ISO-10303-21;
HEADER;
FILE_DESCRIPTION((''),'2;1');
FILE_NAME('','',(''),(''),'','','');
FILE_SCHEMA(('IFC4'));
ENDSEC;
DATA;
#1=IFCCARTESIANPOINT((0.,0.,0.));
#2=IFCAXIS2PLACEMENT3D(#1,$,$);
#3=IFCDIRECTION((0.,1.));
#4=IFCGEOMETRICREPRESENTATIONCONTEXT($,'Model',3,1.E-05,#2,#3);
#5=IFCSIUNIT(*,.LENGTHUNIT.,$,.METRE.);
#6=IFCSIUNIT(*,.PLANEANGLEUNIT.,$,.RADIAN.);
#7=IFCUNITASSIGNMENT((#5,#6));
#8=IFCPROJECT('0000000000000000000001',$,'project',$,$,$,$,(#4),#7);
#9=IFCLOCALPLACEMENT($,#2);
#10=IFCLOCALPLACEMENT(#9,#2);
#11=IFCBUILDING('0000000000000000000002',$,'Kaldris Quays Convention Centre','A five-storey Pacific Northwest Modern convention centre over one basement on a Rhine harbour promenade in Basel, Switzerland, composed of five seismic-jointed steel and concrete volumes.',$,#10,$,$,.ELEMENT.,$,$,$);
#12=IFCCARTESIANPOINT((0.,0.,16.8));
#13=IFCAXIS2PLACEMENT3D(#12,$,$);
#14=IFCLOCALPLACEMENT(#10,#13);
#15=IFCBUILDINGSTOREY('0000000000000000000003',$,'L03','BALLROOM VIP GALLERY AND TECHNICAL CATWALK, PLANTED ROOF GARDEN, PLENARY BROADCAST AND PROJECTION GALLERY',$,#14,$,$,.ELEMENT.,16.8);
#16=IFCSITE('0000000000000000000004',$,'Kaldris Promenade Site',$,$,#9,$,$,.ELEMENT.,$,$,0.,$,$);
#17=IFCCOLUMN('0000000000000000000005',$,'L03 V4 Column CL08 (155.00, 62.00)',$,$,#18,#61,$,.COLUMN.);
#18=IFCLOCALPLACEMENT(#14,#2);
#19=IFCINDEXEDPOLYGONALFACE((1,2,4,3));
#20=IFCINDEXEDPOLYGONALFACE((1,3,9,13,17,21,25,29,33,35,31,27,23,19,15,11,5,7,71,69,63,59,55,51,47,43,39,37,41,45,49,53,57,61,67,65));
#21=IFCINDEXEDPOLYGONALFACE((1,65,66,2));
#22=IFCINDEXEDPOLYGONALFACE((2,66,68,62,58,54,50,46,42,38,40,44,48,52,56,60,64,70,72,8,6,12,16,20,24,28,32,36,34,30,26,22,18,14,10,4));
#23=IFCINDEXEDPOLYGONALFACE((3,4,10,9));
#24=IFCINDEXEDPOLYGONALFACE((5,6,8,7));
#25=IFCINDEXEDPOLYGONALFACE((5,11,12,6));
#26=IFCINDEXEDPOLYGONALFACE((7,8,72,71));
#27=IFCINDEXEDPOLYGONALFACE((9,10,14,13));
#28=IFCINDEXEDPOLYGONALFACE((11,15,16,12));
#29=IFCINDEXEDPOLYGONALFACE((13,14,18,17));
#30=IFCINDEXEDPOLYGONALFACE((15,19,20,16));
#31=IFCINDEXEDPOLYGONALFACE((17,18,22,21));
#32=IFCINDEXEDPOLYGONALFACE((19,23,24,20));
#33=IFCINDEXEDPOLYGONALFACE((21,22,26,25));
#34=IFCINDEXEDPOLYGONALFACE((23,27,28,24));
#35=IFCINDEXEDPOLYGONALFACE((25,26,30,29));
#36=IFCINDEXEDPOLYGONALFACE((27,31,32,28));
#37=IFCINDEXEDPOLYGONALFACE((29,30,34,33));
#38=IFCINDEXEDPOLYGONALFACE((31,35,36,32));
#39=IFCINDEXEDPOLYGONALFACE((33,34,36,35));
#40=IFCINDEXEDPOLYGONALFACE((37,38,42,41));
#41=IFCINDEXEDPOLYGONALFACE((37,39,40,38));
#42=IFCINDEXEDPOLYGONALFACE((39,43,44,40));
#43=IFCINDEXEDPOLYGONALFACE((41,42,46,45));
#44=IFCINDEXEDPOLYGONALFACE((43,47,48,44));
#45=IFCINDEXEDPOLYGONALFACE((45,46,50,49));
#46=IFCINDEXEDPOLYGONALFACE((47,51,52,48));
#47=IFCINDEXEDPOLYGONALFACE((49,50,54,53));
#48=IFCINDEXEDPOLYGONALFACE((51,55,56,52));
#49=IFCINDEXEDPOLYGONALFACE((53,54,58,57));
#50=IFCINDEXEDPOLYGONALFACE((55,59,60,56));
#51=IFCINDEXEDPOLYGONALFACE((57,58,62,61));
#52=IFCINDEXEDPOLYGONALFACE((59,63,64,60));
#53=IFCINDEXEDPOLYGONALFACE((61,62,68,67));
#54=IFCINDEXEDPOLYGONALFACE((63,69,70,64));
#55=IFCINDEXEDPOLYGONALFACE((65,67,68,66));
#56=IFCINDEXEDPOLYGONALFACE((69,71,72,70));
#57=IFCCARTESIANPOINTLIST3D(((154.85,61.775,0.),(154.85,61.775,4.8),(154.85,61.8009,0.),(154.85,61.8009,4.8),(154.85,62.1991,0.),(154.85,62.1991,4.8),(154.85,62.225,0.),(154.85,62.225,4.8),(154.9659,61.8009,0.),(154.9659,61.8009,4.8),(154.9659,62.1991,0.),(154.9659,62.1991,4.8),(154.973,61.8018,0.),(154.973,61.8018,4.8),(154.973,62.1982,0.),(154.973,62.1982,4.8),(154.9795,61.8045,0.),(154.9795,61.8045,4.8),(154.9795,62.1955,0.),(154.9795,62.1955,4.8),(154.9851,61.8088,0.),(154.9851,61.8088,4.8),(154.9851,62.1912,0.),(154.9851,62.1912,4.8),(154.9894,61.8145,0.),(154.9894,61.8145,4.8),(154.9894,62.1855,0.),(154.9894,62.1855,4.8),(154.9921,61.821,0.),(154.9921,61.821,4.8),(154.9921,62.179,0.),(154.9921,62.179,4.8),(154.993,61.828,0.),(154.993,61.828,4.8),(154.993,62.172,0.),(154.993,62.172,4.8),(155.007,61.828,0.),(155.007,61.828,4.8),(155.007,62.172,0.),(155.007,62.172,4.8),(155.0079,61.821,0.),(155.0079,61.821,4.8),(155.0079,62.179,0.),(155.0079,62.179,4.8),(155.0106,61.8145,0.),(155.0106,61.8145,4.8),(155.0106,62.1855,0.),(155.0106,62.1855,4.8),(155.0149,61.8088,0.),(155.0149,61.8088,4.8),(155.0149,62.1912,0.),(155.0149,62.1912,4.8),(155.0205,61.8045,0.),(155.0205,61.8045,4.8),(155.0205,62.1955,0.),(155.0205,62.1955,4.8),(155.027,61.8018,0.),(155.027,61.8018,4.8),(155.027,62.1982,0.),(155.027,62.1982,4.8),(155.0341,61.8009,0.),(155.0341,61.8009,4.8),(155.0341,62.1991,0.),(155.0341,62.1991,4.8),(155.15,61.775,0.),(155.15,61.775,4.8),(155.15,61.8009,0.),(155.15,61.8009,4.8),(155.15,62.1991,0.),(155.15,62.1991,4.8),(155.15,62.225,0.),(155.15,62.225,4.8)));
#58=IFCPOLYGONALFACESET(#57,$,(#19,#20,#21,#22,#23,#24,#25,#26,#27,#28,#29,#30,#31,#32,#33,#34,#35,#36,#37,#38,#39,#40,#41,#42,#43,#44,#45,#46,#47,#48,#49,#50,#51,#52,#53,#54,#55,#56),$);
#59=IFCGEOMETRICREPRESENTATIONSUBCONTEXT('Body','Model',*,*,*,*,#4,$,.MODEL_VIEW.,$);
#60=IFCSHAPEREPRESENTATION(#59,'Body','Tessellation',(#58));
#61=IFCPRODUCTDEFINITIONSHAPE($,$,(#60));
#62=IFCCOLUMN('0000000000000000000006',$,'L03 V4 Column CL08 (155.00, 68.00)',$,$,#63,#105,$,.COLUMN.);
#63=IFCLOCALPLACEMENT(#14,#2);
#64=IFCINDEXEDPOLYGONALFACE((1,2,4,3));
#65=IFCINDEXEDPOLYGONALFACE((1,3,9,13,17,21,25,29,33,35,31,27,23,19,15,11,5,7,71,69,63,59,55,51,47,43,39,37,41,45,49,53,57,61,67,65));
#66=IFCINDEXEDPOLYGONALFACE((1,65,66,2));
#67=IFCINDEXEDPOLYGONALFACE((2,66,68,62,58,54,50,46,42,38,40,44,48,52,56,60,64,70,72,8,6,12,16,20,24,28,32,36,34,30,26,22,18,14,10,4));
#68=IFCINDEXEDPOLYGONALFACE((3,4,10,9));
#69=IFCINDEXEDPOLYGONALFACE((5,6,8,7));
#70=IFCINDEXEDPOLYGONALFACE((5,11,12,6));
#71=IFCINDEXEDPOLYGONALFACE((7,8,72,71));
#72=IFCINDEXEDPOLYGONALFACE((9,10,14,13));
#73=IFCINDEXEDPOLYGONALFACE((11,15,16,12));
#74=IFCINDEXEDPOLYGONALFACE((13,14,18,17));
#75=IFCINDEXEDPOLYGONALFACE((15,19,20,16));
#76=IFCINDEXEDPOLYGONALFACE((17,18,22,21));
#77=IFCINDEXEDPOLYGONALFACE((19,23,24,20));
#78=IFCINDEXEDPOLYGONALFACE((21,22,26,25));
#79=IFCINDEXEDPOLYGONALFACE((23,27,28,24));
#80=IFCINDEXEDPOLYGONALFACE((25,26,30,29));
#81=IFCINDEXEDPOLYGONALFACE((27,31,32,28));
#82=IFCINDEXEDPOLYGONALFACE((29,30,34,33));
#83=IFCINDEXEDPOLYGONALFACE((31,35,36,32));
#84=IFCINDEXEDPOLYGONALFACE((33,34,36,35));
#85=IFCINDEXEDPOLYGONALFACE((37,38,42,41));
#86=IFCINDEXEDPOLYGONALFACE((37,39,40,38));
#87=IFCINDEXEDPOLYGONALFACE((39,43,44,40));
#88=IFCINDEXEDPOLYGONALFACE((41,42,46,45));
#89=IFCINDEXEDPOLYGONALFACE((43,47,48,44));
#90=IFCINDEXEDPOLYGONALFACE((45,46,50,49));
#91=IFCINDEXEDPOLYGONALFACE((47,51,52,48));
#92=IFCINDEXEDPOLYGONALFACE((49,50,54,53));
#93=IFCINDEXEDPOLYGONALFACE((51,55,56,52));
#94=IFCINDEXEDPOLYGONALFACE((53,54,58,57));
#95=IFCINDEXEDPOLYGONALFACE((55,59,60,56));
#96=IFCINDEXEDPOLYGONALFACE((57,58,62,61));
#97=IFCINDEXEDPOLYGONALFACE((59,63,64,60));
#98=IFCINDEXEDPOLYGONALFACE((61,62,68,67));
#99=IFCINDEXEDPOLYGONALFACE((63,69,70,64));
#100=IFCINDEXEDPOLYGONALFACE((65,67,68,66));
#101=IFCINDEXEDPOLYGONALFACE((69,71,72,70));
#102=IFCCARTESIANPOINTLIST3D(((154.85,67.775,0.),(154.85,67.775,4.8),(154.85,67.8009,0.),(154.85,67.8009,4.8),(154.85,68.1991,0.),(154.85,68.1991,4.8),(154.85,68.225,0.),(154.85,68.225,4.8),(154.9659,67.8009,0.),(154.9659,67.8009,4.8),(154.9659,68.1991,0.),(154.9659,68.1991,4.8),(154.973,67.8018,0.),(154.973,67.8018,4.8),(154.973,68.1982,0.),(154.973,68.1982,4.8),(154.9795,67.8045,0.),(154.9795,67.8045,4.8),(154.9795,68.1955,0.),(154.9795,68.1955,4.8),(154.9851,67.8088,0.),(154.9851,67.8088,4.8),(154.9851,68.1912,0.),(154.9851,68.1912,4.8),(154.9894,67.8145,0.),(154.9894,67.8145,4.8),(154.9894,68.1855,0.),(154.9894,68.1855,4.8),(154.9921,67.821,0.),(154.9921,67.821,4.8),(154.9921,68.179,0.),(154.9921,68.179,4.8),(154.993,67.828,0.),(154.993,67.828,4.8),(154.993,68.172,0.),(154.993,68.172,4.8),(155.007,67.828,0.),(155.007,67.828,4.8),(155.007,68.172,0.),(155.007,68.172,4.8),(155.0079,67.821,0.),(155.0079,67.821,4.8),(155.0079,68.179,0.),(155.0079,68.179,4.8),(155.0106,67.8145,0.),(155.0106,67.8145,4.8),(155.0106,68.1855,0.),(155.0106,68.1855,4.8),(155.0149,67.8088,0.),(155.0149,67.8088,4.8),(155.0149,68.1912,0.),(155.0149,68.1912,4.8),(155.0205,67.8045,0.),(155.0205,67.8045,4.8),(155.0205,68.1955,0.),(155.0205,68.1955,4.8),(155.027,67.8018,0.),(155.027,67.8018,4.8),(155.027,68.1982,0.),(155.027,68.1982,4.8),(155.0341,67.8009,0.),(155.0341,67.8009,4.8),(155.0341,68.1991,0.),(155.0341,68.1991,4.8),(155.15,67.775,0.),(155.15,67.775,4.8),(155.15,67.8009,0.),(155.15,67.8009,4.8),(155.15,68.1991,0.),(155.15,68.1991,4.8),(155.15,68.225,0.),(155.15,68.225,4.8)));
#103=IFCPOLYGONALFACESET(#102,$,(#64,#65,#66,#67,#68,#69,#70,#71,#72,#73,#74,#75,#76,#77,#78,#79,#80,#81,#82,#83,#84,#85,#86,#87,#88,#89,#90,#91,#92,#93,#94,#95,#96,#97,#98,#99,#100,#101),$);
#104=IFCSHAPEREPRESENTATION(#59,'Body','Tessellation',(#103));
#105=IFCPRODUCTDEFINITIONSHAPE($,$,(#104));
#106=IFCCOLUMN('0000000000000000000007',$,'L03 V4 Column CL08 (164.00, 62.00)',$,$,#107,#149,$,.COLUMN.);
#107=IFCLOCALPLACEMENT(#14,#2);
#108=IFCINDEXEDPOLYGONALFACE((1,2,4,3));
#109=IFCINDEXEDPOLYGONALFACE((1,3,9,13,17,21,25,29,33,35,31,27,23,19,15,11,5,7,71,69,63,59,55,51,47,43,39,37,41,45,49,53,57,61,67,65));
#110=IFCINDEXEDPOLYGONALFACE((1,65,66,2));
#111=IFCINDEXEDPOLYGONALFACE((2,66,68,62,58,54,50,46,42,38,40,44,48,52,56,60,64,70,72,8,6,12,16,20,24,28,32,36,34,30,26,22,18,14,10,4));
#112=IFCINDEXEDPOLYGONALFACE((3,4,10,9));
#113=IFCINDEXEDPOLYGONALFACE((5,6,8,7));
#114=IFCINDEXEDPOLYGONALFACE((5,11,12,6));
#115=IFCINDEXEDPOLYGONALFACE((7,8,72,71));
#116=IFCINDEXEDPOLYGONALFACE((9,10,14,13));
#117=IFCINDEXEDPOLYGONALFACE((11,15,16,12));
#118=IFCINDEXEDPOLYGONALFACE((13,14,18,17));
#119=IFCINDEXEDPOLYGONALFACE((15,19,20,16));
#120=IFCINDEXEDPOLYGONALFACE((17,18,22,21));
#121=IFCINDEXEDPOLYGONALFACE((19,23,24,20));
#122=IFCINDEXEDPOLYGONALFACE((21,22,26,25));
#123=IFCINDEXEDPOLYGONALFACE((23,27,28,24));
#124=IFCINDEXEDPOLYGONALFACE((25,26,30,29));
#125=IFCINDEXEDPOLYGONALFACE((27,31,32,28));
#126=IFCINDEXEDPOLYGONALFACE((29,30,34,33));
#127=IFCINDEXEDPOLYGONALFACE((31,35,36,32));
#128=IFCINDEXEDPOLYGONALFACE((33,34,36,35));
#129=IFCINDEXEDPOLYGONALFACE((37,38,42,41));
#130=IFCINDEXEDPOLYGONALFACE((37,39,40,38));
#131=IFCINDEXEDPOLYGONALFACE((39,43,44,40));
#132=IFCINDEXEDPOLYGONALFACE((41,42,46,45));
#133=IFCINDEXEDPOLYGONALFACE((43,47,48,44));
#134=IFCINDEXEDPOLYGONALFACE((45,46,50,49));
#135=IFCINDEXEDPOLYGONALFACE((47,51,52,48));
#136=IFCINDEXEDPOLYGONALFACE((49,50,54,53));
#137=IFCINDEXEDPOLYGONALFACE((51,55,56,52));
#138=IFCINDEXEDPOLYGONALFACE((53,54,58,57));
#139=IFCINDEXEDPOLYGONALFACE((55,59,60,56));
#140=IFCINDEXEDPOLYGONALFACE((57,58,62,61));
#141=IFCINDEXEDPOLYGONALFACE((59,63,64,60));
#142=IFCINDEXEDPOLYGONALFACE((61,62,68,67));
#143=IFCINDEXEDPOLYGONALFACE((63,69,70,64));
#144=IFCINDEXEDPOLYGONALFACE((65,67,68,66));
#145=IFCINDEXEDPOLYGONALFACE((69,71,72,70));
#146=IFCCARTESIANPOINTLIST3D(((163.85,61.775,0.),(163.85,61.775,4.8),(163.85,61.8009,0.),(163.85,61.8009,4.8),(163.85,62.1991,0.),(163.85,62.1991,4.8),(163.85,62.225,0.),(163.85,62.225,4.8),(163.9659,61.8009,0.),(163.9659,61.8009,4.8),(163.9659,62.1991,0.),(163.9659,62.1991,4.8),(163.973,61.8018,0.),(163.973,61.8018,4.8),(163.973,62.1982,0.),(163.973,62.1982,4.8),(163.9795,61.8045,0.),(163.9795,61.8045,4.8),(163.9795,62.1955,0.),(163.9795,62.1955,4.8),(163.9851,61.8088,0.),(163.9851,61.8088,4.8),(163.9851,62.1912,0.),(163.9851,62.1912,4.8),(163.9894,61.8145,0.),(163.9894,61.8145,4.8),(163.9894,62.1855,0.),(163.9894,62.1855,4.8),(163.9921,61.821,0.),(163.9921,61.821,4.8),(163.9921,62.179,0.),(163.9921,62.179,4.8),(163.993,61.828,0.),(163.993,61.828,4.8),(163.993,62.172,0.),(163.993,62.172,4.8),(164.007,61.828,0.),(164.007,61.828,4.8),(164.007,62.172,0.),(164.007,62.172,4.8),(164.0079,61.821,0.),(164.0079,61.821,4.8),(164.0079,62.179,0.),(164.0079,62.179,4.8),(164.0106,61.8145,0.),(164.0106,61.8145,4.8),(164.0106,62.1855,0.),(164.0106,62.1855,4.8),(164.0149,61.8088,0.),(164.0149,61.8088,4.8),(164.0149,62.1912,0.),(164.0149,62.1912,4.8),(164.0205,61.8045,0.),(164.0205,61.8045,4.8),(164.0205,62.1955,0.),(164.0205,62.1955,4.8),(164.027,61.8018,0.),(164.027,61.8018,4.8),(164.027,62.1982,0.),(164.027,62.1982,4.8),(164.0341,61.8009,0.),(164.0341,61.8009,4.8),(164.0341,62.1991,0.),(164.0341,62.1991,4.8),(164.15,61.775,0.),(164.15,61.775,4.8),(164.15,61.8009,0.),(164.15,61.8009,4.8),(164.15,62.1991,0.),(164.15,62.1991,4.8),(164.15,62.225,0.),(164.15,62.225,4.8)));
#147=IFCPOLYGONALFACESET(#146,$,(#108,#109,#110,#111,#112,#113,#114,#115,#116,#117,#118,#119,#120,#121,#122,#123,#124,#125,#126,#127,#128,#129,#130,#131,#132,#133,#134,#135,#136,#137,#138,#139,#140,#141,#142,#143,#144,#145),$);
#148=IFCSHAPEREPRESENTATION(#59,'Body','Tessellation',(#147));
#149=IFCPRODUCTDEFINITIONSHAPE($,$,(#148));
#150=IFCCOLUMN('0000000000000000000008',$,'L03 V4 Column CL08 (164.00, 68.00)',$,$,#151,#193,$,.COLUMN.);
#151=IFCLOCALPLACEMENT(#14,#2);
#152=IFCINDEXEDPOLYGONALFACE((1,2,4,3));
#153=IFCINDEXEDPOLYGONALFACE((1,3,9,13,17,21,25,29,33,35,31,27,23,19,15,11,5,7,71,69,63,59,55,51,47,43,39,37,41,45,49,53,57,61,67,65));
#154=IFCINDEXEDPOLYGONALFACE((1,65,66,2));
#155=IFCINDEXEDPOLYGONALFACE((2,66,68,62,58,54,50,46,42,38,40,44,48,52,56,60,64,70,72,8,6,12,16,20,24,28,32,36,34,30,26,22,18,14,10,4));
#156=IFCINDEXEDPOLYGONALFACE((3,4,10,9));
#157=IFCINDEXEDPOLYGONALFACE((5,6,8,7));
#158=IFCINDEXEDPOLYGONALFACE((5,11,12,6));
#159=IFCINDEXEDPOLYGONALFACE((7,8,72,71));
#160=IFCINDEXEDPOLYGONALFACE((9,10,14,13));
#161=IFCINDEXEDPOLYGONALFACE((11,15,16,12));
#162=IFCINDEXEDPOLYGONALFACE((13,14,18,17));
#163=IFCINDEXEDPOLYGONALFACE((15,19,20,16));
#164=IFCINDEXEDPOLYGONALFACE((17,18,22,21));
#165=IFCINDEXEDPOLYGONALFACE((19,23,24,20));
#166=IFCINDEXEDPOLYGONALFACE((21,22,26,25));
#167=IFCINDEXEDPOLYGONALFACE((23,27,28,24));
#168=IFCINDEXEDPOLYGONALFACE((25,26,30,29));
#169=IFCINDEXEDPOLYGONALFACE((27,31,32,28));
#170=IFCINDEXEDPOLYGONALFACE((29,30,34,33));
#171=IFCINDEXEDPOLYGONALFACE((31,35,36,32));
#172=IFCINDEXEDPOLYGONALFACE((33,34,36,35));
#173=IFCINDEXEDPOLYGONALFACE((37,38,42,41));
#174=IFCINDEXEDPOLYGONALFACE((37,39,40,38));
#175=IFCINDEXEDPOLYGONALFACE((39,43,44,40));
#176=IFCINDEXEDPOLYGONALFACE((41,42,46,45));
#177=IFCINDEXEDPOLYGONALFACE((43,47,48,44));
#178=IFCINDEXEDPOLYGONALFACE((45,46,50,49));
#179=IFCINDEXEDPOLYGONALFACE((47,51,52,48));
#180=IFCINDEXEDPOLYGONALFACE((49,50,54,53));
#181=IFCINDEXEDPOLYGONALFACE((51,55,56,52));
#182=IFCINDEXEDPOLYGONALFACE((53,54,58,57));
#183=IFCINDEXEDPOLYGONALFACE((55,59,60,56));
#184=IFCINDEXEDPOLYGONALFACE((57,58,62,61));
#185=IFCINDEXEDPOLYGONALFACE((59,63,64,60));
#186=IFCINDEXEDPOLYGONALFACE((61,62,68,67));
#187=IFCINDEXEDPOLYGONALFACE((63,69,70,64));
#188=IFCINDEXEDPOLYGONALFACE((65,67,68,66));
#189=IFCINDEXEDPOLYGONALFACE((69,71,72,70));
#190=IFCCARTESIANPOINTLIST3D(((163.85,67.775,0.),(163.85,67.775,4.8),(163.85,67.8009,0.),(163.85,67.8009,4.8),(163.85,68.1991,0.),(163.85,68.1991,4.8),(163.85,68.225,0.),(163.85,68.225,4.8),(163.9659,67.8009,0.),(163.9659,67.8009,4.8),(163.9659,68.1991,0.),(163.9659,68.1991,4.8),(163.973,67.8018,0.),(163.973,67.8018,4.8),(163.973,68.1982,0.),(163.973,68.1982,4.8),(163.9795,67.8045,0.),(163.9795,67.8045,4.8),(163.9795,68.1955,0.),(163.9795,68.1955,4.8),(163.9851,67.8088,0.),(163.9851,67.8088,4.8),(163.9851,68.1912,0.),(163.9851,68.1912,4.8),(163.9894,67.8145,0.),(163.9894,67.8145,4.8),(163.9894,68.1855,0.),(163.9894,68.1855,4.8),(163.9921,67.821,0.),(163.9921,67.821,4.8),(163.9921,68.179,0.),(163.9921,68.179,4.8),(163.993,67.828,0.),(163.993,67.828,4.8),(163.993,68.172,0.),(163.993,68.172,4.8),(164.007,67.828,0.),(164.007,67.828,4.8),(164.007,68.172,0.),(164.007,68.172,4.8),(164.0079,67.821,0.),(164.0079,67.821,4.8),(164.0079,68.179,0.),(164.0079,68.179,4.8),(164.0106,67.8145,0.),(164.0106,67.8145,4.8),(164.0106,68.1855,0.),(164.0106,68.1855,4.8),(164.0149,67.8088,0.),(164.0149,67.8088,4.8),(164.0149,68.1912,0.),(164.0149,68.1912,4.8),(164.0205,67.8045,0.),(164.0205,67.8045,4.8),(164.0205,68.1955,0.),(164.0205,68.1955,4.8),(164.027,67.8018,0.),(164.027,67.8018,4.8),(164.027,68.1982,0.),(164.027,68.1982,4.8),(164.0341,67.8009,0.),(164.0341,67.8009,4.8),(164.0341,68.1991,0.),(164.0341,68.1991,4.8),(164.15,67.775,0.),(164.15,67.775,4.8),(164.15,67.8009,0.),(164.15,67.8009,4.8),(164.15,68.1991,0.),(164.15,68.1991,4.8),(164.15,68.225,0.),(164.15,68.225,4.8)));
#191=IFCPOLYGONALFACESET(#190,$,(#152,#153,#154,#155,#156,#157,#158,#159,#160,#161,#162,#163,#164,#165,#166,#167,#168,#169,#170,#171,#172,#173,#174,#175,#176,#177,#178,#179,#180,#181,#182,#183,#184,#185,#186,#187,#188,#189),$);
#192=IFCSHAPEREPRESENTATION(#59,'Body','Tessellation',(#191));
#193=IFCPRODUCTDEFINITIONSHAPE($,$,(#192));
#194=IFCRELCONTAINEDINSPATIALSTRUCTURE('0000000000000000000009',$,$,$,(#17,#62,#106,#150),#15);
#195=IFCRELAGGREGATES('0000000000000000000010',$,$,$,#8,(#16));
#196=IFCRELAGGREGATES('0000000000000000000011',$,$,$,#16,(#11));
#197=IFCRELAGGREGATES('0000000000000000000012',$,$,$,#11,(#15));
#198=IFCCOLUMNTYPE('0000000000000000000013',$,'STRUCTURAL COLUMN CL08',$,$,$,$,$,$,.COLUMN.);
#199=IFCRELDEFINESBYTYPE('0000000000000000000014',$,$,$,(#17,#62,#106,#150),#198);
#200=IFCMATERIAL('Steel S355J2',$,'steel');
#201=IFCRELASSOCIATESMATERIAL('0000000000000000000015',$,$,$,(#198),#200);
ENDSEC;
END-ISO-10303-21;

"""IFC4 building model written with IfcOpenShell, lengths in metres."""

from ifc_helpers import new_model, si_unit, direction, frame, origin, origin_2d, place, context, subcontext, project, spatial, i_section, extrude, material, material_profile, profile_set, type_object, element, save


model = new_model("IFC4")

# Units and contexts
model_context = context("Model", 3, precision=1e-05, world=origin(), true_north=direction((0.0, 1.0)))
body_context = subcontext(model_context, "Body", "Model", "MODEL_VIEW")
ifc_project = project(units=[si_unit("LENGTHUNIT", "METRE"), si_unit("PLANEANGLEUNIT", "RADIAN")], contexts=[model_context])

# Site, building, storey
site_placement = place(None, origin())
site = spatial("IfcSite", under=ifc_project, at=site_placement, Name="Kaldris Promenade Site", CompositionType="ELEMENT", RefElevation=0.0)
building_placement = place(site_placement, origin())
building = spatial("IfcBuilding", under=site, at=building_placement, Name="Kaldris Quays Convention Centre", Description="A five-storey Pacific Northwest Modern convention centre over one basement on a Rhine harbour promenade in Basel, Switzerland, composed of five seismic-jointed steel and concrete volumes.", CompositionType="ELEMENT")
storey_placement = place(building_placement, frame((0.0, 0.0, 16.8)))
storey = spatial("IfcBuildingStorey", under=building, at=storey_placement, Name="L03", Description="BALLROOM VIP GALLERY AND TECHNICAL CATWALK, PLANTED ROOF GARDEN, PLENARY BROADCAST AND PROJECTION GALLERY", CompositionType="ELEMENT", Elevation=16.8)

# Columns
ifc_material_1 = material(Name="Steel S355J2", Category="steel")
ifc_material_profile_1 = material_profile(ifc_material_1, i_section(OverallWidth=0.3, OverallDepth=0.45, WebThickness=0.0139, FlangeThickness=0.0259, FilletRadius=0.0271, at=origin_2d()), Name="HEB 450")
ifc_profile_set_1 = profile_set([ifc_material_profile_1], Name="Steel S355J2")
column_type = type_object("IfcColumnType", Name="STRUCTURAL COLUMN CL08", PredefinedType="COLUMN", material=ifc_profile_set_1)
for number, where, z_axis, x_axis, name in (
    (1, (155.0, 62.0, 0.0), (0.0, 0.0, 1.0), (1.0, 0.0, 0.0), "L03 V4 Column CL08 (155.00, 62.00)"),
    (2, (155.0, 68.0, 0.0), (0.0, 0.0, 1.0), (1.0, 0.0, 0.0), "L03 V4 Column CL08 (155.00, 68.00)"),
    (3, (164.0, 62.0, 0.0), (0.0, 0.0, 1.0), (1.0, 0.0, 0.0), "L03 V4 Column CL08 (164.00, 62.00)"),
    (4, (164.0, 68.0, 0.0), (0.0, 0.0, 1.0), (1.0, 0.0, 0.0), "L03 V4 Column CL08 (164.00, 68.00)"),
):
    element("IfcColumn", number, at=place(storey_placement, frame(where, z_axis=z_axis, x_axis=x_axis)), inside=storey, type_object=column_type, Name=name, PredefinedType="COLUMN", context=body_context, shape_type="SweptSolid", body=[
        extrude(i_section(OverallWidth=0.3, OverallDepth=0.45, WebThickness=0.0139, FlangeThickness=0.0259, FilletRadius=0.0271, at=origin_2d()), origin(), (0.0, 0.0, 1.0), 4.8),
    ])

save(model, "model.ifc")
